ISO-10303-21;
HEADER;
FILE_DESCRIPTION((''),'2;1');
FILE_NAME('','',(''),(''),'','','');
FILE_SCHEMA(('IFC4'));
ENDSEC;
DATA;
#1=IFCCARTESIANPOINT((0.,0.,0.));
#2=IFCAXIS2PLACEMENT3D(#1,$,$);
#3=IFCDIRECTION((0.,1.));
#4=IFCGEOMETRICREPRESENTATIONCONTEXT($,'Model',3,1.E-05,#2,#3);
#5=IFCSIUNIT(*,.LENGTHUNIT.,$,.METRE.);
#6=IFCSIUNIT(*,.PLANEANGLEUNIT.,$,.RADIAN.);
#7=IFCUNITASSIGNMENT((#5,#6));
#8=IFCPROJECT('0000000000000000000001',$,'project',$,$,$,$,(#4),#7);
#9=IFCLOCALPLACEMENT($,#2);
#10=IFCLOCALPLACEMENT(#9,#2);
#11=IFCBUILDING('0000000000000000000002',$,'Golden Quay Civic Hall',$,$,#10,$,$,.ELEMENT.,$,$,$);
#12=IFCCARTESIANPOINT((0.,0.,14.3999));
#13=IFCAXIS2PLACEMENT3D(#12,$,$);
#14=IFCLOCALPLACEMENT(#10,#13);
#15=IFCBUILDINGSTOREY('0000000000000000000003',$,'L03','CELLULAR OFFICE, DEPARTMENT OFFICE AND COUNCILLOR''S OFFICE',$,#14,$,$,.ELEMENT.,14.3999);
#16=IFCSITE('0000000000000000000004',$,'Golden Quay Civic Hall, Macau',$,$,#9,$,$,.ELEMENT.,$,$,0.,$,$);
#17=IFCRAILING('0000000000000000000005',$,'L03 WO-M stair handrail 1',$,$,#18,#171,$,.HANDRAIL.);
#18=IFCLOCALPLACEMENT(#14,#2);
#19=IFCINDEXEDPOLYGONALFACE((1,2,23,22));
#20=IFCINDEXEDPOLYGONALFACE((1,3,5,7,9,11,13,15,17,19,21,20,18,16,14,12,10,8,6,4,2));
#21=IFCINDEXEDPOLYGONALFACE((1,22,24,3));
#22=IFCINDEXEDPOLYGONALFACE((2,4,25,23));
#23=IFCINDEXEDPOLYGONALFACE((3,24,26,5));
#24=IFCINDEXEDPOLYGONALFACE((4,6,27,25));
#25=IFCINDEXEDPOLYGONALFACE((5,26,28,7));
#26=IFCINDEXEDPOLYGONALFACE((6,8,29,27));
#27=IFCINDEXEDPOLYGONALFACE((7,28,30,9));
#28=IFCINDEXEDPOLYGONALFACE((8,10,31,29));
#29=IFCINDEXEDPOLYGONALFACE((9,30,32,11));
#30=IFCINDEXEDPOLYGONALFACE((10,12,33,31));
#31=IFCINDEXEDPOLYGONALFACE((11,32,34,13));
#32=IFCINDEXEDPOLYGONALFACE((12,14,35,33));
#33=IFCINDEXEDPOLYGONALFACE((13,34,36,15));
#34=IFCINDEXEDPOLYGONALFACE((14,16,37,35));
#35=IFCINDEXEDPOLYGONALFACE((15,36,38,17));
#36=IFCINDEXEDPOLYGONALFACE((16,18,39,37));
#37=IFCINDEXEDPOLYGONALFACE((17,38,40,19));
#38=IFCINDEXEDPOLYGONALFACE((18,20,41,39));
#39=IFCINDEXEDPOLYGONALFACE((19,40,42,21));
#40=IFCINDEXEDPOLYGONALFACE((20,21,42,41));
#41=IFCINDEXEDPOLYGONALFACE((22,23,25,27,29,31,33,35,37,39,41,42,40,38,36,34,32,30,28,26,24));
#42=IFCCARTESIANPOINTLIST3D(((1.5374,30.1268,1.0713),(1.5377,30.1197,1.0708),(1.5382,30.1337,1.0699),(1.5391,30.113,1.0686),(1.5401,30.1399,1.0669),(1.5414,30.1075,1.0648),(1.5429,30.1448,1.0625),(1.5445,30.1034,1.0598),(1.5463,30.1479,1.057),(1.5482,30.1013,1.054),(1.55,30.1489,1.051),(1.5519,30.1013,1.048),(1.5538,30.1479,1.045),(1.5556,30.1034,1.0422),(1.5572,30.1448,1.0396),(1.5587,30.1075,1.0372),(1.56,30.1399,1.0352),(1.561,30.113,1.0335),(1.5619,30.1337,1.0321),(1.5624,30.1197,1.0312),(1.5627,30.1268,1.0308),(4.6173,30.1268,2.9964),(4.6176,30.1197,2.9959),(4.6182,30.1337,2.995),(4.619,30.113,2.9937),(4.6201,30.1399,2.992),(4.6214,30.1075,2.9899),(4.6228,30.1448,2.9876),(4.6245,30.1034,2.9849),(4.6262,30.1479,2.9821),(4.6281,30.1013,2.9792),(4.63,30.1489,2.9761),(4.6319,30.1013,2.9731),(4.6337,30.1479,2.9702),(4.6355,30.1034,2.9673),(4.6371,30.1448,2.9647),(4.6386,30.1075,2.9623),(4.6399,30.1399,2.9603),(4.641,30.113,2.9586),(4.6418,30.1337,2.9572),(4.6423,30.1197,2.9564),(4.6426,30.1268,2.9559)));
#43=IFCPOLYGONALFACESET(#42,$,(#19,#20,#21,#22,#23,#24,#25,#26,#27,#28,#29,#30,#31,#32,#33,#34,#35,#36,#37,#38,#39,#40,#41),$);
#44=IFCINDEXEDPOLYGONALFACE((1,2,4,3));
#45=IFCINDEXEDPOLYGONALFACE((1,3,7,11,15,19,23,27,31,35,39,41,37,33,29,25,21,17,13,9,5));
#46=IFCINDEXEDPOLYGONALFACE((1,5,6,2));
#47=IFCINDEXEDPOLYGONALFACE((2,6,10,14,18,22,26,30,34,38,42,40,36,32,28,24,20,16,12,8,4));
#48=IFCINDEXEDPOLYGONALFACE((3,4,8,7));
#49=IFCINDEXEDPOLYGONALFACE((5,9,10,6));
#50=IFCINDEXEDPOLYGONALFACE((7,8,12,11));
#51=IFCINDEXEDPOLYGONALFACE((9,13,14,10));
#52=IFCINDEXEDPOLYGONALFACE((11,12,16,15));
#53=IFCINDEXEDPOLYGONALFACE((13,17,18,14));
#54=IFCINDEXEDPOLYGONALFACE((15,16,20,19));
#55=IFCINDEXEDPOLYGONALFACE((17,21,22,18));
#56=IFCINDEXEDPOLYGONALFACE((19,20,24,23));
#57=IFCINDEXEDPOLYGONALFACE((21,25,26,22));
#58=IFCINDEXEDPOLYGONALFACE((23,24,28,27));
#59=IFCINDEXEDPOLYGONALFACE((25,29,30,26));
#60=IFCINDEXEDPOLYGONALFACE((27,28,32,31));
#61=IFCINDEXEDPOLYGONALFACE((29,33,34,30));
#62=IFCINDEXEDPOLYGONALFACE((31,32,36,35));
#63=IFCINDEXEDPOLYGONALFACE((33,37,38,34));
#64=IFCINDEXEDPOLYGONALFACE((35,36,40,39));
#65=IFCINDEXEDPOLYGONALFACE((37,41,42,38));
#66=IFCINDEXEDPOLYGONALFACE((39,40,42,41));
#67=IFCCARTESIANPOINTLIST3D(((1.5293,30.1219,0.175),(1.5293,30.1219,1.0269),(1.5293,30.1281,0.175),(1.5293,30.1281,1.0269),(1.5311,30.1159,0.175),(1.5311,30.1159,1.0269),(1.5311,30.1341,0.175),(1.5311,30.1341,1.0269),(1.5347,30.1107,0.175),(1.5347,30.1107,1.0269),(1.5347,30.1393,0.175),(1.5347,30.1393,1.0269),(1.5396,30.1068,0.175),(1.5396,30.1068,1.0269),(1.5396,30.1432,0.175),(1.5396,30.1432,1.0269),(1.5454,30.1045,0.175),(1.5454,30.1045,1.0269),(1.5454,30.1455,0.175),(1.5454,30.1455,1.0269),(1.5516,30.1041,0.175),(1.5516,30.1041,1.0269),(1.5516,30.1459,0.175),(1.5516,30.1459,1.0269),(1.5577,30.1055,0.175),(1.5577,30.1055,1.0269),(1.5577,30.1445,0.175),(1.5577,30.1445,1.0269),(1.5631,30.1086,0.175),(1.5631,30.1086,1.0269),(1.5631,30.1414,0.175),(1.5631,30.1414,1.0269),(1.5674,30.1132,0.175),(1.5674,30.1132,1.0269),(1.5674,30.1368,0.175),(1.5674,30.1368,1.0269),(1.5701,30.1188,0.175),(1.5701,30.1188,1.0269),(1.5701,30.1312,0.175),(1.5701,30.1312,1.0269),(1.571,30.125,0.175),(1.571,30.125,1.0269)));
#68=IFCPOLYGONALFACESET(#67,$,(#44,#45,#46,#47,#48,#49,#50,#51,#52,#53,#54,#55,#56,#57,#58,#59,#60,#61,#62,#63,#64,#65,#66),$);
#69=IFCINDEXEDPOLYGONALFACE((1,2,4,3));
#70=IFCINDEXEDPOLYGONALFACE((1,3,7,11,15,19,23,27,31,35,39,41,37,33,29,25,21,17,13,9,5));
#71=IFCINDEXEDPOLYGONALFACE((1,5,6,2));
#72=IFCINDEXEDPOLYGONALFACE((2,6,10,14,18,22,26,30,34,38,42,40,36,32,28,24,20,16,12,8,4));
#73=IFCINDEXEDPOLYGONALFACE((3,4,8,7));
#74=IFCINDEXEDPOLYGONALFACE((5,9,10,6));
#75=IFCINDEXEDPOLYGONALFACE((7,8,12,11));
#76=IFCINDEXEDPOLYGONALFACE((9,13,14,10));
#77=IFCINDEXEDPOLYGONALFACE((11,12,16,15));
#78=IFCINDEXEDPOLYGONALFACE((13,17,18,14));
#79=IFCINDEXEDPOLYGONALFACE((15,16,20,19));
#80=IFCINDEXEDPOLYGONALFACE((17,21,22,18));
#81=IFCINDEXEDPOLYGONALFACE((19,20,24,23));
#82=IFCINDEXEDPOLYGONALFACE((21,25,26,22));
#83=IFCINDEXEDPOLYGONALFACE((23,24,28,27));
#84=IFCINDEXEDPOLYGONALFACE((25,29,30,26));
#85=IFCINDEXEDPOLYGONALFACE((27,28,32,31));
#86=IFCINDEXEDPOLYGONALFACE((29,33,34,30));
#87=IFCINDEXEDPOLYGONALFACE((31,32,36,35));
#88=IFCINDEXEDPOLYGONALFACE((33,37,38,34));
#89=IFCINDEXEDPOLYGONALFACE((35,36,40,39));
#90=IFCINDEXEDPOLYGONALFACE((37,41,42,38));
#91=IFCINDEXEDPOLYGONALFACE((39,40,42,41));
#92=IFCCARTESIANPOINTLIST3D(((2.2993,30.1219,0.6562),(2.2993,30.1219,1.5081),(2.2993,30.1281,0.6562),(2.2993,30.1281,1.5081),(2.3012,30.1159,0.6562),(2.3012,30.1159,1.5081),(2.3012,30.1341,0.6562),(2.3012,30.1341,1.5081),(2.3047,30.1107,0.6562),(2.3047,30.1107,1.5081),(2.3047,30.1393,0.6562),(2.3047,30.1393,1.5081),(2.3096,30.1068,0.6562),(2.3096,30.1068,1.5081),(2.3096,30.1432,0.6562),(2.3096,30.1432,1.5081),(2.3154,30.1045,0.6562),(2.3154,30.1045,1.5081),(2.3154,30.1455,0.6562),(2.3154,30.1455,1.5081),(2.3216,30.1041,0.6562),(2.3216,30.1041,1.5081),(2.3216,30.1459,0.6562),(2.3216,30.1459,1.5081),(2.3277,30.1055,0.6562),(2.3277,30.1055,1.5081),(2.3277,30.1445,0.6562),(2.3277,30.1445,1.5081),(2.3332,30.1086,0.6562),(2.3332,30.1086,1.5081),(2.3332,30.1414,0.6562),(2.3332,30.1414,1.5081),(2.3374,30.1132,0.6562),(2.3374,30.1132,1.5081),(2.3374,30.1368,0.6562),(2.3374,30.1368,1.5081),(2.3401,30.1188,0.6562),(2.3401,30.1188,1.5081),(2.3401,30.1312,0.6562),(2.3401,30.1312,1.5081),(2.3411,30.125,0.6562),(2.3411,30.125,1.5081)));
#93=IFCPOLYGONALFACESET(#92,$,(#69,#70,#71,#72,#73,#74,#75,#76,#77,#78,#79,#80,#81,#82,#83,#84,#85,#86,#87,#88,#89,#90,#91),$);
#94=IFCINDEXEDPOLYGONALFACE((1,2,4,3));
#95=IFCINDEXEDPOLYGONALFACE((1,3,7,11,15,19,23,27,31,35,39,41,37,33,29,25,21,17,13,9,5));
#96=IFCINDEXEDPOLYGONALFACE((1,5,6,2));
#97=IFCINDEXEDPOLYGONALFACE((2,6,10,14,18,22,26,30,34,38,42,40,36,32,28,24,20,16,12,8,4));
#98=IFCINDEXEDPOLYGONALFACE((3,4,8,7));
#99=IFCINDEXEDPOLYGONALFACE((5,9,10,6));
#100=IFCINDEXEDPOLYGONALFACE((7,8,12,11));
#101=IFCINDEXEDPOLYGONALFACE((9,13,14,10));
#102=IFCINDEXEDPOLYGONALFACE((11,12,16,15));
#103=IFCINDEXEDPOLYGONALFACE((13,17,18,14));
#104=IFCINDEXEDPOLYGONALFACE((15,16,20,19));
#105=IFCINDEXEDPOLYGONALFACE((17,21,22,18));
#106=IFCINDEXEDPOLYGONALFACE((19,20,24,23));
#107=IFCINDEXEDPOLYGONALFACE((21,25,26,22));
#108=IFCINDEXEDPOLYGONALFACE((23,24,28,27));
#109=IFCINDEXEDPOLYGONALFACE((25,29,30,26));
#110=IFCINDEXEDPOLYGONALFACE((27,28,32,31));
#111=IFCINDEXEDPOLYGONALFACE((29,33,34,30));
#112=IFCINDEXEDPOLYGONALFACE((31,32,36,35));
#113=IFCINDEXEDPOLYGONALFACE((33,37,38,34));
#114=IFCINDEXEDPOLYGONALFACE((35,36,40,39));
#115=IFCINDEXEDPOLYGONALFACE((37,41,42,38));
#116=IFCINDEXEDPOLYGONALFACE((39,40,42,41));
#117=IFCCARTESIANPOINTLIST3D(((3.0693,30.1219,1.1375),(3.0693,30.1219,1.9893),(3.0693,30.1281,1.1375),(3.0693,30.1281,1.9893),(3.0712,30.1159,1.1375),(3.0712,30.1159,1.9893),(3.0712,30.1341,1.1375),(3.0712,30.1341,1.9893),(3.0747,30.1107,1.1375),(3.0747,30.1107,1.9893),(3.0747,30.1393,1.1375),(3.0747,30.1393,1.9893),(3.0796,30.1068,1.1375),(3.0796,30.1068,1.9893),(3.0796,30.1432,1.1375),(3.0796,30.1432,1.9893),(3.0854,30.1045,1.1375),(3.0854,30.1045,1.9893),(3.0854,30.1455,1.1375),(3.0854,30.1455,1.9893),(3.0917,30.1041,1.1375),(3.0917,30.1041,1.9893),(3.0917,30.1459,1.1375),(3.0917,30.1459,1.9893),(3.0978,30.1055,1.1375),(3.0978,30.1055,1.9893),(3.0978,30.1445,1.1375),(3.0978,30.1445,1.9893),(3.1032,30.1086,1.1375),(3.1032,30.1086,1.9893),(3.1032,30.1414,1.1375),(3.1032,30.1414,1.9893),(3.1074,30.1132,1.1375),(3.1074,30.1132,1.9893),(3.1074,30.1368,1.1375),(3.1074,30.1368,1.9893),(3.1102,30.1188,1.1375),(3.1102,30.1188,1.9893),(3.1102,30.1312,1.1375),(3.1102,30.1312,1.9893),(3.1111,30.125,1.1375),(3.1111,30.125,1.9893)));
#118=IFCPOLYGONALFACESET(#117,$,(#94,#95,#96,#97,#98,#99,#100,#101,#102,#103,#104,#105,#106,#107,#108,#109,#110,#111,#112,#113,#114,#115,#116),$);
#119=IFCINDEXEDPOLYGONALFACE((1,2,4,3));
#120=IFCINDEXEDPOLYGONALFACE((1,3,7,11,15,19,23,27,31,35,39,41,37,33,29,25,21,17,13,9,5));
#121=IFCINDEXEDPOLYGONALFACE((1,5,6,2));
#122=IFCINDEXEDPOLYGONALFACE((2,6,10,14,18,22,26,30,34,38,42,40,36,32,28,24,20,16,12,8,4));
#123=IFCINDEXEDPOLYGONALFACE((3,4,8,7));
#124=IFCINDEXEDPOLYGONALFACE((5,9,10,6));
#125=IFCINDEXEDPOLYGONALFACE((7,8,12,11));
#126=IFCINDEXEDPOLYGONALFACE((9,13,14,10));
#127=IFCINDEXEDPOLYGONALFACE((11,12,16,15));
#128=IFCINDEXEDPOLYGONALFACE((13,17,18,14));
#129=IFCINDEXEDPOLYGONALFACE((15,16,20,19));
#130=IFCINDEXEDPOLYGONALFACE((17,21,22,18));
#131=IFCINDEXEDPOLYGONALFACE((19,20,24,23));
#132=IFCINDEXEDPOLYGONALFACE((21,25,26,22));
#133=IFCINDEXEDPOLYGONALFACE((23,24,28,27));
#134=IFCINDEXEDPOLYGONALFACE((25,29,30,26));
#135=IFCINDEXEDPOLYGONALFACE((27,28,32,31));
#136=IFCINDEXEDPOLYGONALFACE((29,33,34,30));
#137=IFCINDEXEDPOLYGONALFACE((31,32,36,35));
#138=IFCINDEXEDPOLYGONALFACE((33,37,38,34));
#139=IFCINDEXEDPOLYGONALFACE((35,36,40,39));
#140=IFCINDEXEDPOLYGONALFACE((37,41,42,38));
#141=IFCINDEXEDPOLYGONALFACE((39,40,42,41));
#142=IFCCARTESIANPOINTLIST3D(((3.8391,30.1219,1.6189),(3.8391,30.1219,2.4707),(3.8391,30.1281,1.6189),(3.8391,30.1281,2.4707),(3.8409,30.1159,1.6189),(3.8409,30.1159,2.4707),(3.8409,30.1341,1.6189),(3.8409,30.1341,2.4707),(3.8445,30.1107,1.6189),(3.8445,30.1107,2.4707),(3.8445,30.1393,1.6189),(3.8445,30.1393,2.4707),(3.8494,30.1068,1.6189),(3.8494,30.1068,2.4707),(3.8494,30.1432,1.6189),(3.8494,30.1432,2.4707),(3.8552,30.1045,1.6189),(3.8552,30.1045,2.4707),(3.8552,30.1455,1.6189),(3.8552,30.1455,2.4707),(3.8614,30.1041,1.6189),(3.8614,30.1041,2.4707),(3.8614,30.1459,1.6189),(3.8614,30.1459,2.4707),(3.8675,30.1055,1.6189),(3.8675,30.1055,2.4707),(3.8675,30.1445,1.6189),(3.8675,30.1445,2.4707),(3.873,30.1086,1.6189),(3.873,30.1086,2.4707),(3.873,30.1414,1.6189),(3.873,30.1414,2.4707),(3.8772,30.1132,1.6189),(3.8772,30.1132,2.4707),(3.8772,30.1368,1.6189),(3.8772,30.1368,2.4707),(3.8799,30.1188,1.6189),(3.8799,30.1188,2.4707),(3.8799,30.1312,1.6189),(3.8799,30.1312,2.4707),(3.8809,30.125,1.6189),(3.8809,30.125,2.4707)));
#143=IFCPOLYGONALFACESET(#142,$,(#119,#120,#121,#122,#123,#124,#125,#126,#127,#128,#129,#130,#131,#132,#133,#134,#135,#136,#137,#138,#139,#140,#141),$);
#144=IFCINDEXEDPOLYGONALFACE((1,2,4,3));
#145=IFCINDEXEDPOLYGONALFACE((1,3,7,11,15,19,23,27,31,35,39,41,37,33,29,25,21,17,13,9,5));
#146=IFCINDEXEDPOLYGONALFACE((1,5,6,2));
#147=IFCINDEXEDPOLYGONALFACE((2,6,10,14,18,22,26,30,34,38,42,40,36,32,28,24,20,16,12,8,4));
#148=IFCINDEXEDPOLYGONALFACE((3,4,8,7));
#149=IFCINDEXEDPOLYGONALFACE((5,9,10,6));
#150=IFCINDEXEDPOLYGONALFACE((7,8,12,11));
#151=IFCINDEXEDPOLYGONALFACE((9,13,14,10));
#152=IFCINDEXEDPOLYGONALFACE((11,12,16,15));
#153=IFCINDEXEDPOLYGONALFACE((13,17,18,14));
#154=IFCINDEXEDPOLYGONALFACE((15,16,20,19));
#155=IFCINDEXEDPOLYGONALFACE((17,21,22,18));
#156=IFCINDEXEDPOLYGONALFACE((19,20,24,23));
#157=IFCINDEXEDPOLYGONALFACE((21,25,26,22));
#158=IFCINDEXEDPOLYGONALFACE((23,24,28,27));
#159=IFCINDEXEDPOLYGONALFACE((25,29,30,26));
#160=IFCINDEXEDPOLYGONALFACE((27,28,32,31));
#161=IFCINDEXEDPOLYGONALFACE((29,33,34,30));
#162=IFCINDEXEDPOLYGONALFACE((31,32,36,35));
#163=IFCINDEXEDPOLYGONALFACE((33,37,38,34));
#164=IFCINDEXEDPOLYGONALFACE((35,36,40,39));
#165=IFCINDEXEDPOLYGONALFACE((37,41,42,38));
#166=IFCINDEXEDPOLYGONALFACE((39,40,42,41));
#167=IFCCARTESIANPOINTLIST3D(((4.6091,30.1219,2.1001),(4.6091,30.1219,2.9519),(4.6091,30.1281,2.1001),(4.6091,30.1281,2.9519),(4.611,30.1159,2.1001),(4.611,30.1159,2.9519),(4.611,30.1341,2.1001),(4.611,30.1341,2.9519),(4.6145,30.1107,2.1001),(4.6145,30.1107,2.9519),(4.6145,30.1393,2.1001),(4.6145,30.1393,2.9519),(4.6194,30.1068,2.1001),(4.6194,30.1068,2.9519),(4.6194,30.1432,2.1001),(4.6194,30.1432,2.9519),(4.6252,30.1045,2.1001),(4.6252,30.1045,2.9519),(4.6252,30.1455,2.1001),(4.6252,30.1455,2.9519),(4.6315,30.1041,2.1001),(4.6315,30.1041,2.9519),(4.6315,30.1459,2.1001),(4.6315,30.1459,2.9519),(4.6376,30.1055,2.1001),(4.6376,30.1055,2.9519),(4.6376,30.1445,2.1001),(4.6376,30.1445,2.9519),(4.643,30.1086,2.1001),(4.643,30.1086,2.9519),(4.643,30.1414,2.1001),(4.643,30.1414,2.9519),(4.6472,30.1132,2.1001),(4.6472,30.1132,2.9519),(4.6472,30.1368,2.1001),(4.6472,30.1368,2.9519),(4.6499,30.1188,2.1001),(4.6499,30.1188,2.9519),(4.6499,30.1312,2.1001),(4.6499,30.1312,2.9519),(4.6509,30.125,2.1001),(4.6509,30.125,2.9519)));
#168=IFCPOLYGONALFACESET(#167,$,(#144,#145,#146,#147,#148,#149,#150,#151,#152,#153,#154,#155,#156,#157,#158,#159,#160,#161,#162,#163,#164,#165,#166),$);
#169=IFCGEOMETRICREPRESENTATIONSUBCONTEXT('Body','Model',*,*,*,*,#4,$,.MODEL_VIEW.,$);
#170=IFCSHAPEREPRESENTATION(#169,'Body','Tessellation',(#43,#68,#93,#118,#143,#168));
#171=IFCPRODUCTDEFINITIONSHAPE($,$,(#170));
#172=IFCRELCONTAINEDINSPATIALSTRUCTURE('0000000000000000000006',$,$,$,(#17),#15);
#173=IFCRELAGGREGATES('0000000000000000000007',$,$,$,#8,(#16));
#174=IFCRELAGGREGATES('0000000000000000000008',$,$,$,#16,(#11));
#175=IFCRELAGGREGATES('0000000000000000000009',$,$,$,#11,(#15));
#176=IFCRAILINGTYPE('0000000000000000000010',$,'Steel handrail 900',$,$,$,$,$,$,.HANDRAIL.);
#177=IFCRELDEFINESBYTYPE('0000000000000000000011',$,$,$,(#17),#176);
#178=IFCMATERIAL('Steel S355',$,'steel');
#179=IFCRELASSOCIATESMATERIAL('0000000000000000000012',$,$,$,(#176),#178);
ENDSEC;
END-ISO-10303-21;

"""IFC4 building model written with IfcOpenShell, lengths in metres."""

from ifc_helpers import new_model, si_unit, direction, frame, origin, origin_2d, place, context, subcontext, project, spatial, circle, extrude, material, type_object, element, save


model = new_model("IFC4")

# Units and contexts
model_context = context("Model", 3, precision=1e-05, world=origin(), true_north=direction((0.0, 1.0)))
body_context = subcontext(model_context, "Body", "Model", "MODEL_VIEW")
ifc_project = project(units=[si_unit("LENGTHUNIT", "METRE"), si_unit("PLANEANGLEUNIT", "RADIAN")], contexts=[model_context])

# Site, building, storey
site_placement = place(None, origin())
site = spatial("IfcSite", under=ifc_project, at=site_placement, Name="Golden Quay Civic Hall, Macau", CompositionType="ELEMENT", RefElevation=0.0)
building_placement = place(site_placement, origin())
building = spatial("IfcBuilding", under=site, at=building_placement, Name="Golden Quay Civic Hall", CompositionType="ELEMENT")
storey_placement = place(building_placement, frame((0.0, 0.0, 14.3999)))
storey = spatial("IfcBuildingStorey", under=building, at=storey_placement, Name="L03", Description="CELLULAR OFFICE, DEPARTMENT OFFICE AND COUNCILLOR'S OFFICE", CompositionType="ELEMENT", Elevation=14.3999)

# Railing
ifc_material_1 = material(Name="Steel S355", Category="steel")
railing_type_1 = type_object("IfcRailingType", Name="Steel handrail 900", PredefinedType="HANDRAIL", material=ifc_material_1)
railing_1_placement = place(storey_placement, frame((1.55, 30.125, 0.175)))
element("IfcRailing", 1, at=railing_1_placement, inside=storey, type_object=railing_type_1, Name="L03 WO-M stair handrail 1", PredefinedType="HANDRAIL", context=body_context, shape_type="SweptSolid", body=[
    extrude(circle(Radius=0.0239, at=origin_2d()), frame((0.0, 0.0, 0.876), z_axis=(0.847979, 0.0, 0.530029), x_axis=(0.0, 1.0, 0.0)), (0.0, 0.0, 1.0), 3.6321),
    extrude(circle(Radius=0.021, at=origin_2d()), origin(), (0.0, 0.0, 1.0), 0.8518),
    extrude(circle(Radius=0.021, at=origin_2d()), frame((0.77, 0.0, 0.4812)), (0.0, 0.0, 1.0), 0.8518),
    extrude(circle(Radius=0.021, at=origin_2d()), frame((1.54, 0.0, 0.9624)), (0.0, 0.0, 1.0), 0.8518),
    extrude(circle(Radius=0.021, at=origin_2d()), frame((2.3098, 0.0, 1.4438)), (0.0, 0.0, 1.0), 0.8518),
    extrude(circle(Radius=0.021, at=origin_2d()), frame((3.0798, 0.0, 1.925)), (0.0, 0.0, 1.0), 0.8518),
])

save(model, "model.ifc")
